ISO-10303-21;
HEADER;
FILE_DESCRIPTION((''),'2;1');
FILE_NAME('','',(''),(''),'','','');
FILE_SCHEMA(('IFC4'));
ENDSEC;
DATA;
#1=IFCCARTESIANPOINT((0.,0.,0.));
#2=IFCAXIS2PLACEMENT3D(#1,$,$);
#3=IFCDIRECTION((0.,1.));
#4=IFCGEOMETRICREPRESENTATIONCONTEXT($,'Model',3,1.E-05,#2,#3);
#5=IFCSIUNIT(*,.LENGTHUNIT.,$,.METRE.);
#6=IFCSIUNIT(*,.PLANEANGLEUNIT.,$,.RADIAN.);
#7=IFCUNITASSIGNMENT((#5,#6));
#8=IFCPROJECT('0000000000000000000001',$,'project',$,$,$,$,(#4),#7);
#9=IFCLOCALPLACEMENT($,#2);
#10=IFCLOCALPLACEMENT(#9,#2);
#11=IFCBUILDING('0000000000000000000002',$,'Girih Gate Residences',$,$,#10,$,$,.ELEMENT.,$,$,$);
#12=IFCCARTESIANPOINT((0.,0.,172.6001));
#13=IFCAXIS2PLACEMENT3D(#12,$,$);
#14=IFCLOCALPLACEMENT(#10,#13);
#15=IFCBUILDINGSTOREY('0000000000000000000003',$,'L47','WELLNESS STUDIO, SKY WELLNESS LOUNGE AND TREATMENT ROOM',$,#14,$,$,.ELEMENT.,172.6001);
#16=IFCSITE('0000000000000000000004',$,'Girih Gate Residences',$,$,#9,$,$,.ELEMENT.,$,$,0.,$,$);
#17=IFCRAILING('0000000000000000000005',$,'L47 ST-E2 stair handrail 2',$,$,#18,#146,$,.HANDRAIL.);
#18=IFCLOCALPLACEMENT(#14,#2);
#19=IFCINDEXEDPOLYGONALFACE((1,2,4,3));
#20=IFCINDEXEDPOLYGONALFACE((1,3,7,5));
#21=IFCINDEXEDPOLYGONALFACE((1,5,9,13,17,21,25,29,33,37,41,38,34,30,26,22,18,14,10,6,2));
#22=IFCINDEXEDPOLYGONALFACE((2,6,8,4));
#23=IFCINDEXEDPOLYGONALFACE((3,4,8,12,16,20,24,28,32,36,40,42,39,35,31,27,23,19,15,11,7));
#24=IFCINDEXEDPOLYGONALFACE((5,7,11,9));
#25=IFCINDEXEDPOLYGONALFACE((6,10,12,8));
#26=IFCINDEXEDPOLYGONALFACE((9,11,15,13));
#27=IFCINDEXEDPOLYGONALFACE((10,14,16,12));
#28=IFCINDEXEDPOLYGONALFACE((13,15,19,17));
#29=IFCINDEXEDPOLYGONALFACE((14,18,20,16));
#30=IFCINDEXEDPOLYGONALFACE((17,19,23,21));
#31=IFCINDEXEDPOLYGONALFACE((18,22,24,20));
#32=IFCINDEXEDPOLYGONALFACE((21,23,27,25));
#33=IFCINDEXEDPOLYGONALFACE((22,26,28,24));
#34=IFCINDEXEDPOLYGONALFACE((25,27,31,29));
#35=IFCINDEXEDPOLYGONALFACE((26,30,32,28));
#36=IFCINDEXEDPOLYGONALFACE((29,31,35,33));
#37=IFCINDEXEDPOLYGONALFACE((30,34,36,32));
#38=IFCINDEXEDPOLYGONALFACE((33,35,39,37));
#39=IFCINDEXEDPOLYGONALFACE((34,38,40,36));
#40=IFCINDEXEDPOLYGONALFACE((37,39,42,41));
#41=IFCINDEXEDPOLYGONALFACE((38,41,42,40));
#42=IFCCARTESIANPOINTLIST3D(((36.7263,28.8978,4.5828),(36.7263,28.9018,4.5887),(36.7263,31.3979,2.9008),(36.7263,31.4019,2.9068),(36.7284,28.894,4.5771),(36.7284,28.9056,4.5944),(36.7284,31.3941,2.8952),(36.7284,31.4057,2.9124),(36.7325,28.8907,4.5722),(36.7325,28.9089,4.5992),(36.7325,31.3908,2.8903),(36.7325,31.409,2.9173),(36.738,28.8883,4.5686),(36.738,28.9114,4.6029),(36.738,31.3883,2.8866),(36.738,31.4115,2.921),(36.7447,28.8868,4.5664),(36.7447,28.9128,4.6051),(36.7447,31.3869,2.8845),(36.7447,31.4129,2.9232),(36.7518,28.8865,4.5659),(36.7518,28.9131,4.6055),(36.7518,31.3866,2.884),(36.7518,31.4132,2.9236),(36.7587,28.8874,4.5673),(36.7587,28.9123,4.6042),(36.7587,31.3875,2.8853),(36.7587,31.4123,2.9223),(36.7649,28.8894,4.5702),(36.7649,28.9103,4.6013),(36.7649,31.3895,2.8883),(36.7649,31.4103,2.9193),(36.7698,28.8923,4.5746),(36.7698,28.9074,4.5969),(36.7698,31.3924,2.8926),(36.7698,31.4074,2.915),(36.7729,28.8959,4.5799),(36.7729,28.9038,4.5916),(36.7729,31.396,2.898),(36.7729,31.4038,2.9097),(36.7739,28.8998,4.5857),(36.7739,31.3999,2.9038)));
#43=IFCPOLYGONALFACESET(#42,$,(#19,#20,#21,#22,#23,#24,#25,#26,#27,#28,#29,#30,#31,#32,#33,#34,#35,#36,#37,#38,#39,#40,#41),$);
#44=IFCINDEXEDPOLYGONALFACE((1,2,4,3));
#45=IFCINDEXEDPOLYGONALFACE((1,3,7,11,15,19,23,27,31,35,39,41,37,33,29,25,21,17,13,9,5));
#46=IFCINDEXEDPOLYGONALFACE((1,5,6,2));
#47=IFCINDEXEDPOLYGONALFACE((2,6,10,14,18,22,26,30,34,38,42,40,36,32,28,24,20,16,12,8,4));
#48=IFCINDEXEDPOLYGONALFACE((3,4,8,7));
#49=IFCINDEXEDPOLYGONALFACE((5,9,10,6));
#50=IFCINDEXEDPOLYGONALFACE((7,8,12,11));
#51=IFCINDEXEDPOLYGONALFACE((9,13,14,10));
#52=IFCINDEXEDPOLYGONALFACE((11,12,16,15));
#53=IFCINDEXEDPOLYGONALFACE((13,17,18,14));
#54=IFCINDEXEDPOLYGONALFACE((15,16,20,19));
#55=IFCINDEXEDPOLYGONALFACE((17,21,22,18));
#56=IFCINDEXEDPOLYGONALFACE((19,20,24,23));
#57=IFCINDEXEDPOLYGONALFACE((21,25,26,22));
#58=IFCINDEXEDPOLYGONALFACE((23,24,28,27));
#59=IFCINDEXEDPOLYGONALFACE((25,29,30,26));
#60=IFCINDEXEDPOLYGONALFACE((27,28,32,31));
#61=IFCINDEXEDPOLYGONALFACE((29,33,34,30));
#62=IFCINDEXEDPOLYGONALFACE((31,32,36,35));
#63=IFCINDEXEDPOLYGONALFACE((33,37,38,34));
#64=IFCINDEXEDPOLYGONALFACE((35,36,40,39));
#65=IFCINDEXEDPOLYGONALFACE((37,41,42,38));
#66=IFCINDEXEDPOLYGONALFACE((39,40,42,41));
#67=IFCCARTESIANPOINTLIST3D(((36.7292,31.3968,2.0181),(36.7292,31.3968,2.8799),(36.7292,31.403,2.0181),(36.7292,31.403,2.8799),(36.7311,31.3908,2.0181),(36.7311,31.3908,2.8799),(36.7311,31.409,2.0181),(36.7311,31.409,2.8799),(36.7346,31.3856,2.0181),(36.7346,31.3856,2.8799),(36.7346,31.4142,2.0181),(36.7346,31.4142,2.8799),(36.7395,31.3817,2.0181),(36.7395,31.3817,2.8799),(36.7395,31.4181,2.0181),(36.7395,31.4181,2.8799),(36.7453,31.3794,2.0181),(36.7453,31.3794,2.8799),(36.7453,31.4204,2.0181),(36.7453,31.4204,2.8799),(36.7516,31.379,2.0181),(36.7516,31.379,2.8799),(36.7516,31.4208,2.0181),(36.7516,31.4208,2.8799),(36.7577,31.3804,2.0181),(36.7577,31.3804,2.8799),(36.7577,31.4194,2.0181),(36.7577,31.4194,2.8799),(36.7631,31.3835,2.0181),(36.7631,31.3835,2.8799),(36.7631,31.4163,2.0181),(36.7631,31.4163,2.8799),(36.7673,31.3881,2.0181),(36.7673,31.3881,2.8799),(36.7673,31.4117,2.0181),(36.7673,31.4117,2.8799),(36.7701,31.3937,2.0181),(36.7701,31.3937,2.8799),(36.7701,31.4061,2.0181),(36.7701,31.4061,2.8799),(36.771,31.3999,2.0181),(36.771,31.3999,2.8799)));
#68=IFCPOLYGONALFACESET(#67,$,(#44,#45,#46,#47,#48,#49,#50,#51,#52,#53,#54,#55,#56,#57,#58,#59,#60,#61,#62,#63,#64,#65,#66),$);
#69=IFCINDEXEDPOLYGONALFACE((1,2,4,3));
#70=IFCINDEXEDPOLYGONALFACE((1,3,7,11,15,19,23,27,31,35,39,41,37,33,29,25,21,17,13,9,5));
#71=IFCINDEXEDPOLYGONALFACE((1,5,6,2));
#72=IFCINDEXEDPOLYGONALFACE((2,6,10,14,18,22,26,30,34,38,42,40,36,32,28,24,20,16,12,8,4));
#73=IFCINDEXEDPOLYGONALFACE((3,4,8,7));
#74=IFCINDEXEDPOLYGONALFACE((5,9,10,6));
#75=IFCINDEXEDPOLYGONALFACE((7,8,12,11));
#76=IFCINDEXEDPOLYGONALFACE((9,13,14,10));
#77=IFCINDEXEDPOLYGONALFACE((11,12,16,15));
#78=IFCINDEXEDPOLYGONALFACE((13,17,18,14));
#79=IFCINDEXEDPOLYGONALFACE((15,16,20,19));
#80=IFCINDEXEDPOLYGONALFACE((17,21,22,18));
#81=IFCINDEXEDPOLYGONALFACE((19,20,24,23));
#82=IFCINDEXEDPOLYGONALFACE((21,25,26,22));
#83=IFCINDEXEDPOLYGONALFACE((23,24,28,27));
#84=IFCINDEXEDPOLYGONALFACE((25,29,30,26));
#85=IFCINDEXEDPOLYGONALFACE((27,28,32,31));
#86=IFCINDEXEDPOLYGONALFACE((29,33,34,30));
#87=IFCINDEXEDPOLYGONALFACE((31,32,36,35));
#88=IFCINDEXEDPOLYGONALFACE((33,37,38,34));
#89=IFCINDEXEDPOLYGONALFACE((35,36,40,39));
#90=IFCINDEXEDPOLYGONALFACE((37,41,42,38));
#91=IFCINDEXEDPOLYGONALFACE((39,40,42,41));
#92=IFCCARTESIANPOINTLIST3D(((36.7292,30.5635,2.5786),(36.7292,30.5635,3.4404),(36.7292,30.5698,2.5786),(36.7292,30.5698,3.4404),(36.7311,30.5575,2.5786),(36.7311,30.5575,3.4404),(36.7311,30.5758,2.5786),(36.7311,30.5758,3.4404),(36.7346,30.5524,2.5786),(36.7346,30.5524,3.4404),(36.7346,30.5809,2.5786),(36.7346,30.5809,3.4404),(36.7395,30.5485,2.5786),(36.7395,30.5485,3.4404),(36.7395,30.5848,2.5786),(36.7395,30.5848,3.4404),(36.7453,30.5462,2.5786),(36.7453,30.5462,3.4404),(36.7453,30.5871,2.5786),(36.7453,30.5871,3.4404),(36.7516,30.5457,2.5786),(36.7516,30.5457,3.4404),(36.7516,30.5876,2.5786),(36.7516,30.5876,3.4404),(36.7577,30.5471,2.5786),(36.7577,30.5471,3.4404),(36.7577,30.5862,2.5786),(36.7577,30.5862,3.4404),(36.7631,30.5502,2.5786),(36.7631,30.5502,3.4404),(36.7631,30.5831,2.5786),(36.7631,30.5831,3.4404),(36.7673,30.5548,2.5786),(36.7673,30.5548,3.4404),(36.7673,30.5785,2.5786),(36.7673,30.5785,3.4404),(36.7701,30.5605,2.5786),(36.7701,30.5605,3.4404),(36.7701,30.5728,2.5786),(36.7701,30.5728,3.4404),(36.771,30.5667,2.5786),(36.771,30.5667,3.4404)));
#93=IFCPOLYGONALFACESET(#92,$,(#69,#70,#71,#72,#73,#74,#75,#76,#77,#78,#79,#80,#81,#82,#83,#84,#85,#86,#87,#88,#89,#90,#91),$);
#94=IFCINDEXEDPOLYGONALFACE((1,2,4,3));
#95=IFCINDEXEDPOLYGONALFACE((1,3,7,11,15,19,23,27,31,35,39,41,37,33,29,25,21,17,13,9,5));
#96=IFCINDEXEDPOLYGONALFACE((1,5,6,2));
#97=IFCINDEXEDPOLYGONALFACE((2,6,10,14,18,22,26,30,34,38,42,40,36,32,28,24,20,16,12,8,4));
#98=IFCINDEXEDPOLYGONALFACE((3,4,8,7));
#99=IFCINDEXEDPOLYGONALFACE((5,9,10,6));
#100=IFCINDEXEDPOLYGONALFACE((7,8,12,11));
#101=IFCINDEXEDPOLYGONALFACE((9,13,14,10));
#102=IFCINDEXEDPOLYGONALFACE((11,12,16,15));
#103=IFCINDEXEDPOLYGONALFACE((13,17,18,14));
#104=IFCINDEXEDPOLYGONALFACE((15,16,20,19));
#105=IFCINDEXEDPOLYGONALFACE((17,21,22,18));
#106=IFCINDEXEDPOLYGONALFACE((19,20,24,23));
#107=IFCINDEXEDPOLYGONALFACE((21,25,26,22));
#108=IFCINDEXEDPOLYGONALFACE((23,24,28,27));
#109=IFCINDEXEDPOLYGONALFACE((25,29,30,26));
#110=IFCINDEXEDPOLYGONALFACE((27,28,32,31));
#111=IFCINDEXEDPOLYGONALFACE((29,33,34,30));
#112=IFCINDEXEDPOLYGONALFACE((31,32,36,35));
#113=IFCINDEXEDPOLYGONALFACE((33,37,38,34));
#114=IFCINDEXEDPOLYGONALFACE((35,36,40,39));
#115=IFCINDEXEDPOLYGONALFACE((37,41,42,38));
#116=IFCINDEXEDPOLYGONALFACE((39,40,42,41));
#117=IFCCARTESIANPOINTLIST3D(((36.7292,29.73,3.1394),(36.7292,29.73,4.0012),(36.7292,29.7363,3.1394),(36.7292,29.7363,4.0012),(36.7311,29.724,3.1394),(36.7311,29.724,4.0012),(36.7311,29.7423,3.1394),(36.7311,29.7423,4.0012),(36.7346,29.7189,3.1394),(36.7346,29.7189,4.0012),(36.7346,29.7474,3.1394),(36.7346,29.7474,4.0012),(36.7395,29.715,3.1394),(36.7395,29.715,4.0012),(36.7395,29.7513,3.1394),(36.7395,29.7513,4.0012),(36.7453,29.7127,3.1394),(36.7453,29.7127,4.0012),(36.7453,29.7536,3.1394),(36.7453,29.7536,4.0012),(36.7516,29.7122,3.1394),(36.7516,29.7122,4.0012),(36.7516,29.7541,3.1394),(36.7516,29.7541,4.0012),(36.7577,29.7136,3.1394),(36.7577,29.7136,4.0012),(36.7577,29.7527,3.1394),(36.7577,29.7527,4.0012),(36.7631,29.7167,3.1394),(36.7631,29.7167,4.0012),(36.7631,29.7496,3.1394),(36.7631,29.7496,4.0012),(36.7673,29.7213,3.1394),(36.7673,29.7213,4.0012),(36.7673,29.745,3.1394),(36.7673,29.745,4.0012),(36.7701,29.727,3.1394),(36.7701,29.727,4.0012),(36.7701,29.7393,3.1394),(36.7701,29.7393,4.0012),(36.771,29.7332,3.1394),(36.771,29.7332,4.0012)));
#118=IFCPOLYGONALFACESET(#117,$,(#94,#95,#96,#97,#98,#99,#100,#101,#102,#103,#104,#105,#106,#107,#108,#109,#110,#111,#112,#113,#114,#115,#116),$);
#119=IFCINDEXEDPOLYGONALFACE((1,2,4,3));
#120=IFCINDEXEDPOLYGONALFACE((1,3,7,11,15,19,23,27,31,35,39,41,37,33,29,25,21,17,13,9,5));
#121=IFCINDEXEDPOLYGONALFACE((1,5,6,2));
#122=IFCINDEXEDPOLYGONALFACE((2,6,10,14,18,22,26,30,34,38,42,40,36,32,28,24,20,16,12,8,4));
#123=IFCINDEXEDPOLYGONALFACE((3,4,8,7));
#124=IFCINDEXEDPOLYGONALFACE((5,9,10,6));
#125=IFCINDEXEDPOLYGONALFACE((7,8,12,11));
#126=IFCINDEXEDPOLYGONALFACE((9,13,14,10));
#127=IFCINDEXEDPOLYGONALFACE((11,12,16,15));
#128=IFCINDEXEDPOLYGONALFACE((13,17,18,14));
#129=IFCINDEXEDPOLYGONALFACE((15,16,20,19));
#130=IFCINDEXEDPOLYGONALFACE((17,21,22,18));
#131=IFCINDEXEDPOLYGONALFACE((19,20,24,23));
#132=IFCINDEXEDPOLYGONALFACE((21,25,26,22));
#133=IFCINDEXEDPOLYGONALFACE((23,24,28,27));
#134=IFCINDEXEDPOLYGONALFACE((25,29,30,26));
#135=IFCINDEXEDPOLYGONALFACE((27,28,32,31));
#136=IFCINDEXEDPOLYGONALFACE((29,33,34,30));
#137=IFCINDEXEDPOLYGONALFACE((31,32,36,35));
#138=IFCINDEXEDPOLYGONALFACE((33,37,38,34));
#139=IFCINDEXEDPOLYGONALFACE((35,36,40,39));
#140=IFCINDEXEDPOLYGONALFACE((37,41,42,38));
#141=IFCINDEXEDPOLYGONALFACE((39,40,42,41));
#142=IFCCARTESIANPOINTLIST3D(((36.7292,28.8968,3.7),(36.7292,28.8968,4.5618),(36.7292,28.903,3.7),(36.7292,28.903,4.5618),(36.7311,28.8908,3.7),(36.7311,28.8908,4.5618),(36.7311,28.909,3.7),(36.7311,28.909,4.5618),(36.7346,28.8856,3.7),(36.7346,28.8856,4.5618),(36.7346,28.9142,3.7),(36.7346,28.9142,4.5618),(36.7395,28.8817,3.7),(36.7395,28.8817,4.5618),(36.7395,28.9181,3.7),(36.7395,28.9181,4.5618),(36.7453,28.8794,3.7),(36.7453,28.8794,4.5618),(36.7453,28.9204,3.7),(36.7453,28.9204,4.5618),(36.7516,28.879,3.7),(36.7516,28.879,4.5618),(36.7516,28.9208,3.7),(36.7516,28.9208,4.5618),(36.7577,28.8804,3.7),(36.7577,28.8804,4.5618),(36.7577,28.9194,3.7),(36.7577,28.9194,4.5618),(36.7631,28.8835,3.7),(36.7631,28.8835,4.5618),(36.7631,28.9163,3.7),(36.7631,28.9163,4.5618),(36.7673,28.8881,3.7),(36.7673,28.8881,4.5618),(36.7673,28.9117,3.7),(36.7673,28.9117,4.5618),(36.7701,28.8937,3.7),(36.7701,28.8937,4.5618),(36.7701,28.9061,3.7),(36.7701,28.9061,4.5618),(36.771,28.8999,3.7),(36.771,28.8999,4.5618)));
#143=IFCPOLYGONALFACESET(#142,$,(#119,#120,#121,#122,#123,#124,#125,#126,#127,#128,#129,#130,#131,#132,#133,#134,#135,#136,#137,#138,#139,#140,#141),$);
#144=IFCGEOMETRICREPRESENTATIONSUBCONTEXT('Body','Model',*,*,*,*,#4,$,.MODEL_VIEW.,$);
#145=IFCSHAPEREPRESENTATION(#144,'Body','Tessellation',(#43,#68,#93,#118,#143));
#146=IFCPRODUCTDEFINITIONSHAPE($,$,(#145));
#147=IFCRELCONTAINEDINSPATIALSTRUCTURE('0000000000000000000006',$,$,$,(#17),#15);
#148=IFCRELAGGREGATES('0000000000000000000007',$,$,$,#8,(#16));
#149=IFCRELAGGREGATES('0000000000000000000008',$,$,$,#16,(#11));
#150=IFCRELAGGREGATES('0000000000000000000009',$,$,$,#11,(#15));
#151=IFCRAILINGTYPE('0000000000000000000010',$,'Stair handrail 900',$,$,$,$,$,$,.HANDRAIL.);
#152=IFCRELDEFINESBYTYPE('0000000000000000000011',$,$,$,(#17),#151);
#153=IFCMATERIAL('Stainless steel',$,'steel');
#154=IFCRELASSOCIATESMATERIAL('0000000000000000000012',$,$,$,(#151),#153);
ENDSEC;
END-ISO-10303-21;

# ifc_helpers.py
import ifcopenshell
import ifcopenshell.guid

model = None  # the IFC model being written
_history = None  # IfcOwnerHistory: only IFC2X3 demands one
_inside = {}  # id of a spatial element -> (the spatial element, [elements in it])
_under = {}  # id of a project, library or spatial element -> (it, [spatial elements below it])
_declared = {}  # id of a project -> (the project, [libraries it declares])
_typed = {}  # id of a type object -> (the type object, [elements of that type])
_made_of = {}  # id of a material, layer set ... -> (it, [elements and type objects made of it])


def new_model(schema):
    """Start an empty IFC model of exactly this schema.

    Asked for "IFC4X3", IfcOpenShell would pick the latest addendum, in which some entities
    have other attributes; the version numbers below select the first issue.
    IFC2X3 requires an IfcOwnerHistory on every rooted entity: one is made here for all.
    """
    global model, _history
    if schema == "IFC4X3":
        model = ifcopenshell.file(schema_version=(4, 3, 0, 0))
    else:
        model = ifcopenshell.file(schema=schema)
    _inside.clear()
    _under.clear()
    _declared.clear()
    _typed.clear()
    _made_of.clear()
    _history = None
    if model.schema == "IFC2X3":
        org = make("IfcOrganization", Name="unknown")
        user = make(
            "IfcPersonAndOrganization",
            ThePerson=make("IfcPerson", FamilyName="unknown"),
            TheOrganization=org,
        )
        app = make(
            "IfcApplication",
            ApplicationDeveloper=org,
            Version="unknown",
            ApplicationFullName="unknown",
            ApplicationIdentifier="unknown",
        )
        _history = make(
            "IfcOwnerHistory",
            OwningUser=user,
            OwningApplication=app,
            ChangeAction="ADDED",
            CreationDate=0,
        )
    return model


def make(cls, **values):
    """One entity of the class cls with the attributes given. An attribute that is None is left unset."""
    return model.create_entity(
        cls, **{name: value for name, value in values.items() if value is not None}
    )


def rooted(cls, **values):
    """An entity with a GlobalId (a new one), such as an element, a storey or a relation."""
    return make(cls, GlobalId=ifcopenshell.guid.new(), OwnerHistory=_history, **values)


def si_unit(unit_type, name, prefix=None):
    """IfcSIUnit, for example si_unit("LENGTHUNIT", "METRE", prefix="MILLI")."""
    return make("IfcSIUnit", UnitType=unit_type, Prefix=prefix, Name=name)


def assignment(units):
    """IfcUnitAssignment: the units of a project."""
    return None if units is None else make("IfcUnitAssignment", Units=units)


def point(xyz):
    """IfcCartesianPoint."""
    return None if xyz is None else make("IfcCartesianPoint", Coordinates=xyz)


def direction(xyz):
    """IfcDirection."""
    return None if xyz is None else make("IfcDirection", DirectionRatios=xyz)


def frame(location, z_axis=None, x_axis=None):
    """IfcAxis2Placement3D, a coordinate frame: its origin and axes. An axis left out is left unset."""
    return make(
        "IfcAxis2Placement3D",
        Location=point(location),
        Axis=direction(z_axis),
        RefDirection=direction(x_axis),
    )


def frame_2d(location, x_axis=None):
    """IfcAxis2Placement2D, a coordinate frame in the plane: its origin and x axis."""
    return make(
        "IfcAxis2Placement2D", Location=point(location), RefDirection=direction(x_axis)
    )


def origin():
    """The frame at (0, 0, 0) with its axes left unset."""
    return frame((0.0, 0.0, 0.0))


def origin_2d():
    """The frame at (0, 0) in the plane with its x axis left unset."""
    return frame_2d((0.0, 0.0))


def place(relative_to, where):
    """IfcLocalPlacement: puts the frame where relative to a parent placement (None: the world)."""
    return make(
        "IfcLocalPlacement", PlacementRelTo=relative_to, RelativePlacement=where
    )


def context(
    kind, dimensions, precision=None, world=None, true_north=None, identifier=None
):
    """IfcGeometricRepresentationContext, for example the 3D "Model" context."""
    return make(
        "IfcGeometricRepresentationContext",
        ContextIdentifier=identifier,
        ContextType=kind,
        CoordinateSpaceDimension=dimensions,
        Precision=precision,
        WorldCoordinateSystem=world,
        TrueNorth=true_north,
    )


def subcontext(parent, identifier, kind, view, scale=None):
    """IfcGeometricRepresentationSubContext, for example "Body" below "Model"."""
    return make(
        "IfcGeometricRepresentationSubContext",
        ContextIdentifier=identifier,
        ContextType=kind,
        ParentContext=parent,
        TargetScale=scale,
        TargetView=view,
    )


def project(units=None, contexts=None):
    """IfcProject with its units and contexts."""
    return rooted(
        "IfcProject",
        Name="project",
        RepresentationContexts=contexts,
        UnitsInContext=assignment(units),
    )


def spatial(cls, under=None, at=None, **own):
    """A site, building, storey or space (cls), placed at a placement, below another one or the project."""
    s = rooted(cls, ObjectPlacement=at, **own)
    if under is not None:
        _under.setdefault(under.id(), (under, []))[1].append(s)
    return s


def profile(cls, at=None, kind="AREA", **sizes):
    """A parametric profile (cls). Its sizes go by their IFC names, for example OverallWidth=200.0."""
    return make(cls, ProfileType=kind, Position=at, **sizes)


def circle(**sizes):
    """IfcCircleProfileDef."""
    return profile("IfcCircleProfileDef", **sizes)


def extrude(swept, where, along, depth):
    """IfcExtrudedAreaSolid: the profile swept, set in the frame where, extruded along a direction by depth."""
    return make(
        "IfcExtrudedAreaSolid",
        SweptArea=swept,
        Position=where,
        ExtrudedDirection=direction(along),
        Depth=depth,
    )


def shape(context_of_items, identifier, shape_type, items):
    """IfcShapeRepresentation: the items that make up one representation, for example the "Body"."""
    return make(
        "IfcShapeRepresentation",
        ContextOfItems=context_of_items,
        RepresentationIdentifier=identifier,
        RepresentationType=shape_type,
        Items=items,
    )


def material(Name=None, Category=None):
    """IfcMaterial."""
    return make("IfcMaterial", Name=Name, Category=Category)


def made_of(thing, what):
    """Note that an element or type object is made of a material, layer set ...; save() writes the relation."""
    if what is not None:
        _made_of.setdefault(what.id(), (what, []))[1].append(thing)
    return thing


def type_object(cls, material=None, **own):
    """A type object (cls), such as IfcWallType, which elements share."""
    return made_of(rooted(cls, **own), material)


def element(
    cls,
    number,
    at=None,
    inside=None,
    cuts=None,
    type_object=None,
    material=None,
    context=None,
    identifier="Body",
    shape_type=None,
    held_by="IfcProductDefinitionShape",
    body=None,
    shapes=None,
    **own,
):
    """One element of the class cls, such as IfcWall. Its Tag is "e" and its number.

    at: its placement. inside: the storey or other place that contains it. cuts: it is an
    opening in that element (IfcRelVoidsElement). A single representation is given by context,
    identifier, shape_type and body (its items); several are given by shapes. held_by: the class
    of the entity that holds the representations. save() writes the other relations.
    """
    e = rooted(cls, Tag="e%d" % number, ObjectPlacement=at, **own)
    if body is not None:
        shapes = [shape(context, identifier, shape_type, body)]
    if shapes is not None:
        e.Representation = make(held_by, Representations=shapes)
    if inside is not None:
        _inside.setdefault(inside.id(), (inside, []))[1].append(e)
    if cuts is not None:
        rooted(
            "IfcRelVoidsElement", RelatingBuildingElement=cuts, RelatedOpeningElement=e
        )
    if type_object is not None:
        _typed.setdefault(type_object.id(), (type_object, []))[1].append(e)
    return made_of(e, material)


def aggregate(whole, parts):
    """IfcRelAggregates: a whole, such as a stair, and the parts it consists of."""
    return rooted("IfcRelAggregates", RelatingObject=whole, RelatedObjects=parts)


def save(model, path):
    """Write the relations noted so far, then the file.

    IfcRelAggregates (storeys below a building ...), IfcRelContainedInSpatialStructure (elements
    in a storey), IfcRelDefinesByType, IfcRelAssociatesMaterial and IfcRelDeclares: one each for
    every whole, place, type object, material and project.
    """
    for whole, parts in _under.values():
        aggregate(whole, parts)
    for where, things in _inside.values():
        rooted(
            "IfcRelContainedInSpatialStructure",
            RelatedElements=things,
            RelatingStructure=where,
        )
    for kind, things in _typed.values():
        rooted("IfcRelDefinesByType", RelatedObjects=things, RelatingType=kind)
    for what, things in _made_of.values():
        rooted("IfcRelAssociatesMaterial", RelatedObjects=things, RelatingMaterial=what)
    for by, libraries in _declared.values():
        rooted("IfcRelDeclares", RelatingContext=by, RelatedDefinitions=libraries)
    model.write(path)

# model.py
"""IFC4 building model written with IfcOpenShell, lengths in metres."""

from ifc_helpers import new_model, si_unit, direction, frame, origin, origin_2d, place, context, subcontext, project, spatial, circle, extrude, material, type_object, element, save


model = new_model("IFC4")

# Units and contexts
model_context = context("Model", 3, precision=1e-05, world=origin(), true_north=direction((0.0, 1.0)))
body_context = subcontext(model_context, "Body", "Model", "MODEL_VIEW")
ifc_project = project(units=[si_unit("LENGTHUNIT", "METRE"), si_unit("PLANEANGLEUNIT", "RADIAN")], contexts=[model_context])

# Site, building, storey
site_placement = place(None, origin())
site = spatial("IfcSite", under=ifc_project, at=site_placement, Name="Girih Gate Residences", CompositionType="ELEMENT", RefElevation=0.0)
building_placement = place(site_placement, origin())
building = spatial("IfcBuilding", under=site, at=building_placement, Name="Girih Gate Residences", CompositionType="ELEMENT")
storey_placement = place(building_placement, frame((0.0, 0.0, 172.6001)))
storey = spatial("IfcBuildingStorey", under=building, at=storey_placement, Name="L47", Description="WELLNESS STUDIO, SKY WELLNESS LOUNGE AND TREATMENT ROOM", CompositionType="ELEMENT", Elevation=172.6001)

# Shared definitions
ifc_material_1 = material(Name="Stainless steel", Category="steel")

# Railing
railing_type_1 = type_object("IfcRailingType", Name="Stair handrail 900", PredefinedType="HANDRAIL", material=ifc_material_1)
railing_1_placement = place(storey_placement, frame((36.75, 31.3999, 2.0181)))
element("IfcRailing", 1, at=railing_1_placement, inside=storey, type_object=railing_type_1, Name="L47 ST-E2 stair handrail 2", PredefinedType="HANDRAIL", context=body_context, shape_type="SweptSolid", body=[
    extrude(circle(Radius=0.0239, at=origin_2d()), frame((0.0, 0.0, 0.8857), z_axis=(0.0, -0.829712, 0.558192), x_axis=(1.0, 0.0, 0.0)), (0.0, 0.0, 1.0), 3.0132),
    extrude(circle(Radius=0.021, at=origin_2d()), origin(), (0.0, 0.0, 1.0), 0.8618),
    extrude(circle(Radius=0.021, at=origin_2d()), frame((0.0, -0.8333, 0.5605)), (0.0, 0.0, 1.0), 0.8618),
    extrude(circle(Radius=0.021, at=origin_2d()), frame((0.0, -1.6667, 1.1213)), (0.0, 0.0, 1.0), 0.8618),
    extrude(circle(Radius=0.021, at=origin_2d()), frame((0.0, -2.5, 1.6819)), (0.0, 0.0, 1.0), 0.8618),
])

save(model, "model.ifc")
